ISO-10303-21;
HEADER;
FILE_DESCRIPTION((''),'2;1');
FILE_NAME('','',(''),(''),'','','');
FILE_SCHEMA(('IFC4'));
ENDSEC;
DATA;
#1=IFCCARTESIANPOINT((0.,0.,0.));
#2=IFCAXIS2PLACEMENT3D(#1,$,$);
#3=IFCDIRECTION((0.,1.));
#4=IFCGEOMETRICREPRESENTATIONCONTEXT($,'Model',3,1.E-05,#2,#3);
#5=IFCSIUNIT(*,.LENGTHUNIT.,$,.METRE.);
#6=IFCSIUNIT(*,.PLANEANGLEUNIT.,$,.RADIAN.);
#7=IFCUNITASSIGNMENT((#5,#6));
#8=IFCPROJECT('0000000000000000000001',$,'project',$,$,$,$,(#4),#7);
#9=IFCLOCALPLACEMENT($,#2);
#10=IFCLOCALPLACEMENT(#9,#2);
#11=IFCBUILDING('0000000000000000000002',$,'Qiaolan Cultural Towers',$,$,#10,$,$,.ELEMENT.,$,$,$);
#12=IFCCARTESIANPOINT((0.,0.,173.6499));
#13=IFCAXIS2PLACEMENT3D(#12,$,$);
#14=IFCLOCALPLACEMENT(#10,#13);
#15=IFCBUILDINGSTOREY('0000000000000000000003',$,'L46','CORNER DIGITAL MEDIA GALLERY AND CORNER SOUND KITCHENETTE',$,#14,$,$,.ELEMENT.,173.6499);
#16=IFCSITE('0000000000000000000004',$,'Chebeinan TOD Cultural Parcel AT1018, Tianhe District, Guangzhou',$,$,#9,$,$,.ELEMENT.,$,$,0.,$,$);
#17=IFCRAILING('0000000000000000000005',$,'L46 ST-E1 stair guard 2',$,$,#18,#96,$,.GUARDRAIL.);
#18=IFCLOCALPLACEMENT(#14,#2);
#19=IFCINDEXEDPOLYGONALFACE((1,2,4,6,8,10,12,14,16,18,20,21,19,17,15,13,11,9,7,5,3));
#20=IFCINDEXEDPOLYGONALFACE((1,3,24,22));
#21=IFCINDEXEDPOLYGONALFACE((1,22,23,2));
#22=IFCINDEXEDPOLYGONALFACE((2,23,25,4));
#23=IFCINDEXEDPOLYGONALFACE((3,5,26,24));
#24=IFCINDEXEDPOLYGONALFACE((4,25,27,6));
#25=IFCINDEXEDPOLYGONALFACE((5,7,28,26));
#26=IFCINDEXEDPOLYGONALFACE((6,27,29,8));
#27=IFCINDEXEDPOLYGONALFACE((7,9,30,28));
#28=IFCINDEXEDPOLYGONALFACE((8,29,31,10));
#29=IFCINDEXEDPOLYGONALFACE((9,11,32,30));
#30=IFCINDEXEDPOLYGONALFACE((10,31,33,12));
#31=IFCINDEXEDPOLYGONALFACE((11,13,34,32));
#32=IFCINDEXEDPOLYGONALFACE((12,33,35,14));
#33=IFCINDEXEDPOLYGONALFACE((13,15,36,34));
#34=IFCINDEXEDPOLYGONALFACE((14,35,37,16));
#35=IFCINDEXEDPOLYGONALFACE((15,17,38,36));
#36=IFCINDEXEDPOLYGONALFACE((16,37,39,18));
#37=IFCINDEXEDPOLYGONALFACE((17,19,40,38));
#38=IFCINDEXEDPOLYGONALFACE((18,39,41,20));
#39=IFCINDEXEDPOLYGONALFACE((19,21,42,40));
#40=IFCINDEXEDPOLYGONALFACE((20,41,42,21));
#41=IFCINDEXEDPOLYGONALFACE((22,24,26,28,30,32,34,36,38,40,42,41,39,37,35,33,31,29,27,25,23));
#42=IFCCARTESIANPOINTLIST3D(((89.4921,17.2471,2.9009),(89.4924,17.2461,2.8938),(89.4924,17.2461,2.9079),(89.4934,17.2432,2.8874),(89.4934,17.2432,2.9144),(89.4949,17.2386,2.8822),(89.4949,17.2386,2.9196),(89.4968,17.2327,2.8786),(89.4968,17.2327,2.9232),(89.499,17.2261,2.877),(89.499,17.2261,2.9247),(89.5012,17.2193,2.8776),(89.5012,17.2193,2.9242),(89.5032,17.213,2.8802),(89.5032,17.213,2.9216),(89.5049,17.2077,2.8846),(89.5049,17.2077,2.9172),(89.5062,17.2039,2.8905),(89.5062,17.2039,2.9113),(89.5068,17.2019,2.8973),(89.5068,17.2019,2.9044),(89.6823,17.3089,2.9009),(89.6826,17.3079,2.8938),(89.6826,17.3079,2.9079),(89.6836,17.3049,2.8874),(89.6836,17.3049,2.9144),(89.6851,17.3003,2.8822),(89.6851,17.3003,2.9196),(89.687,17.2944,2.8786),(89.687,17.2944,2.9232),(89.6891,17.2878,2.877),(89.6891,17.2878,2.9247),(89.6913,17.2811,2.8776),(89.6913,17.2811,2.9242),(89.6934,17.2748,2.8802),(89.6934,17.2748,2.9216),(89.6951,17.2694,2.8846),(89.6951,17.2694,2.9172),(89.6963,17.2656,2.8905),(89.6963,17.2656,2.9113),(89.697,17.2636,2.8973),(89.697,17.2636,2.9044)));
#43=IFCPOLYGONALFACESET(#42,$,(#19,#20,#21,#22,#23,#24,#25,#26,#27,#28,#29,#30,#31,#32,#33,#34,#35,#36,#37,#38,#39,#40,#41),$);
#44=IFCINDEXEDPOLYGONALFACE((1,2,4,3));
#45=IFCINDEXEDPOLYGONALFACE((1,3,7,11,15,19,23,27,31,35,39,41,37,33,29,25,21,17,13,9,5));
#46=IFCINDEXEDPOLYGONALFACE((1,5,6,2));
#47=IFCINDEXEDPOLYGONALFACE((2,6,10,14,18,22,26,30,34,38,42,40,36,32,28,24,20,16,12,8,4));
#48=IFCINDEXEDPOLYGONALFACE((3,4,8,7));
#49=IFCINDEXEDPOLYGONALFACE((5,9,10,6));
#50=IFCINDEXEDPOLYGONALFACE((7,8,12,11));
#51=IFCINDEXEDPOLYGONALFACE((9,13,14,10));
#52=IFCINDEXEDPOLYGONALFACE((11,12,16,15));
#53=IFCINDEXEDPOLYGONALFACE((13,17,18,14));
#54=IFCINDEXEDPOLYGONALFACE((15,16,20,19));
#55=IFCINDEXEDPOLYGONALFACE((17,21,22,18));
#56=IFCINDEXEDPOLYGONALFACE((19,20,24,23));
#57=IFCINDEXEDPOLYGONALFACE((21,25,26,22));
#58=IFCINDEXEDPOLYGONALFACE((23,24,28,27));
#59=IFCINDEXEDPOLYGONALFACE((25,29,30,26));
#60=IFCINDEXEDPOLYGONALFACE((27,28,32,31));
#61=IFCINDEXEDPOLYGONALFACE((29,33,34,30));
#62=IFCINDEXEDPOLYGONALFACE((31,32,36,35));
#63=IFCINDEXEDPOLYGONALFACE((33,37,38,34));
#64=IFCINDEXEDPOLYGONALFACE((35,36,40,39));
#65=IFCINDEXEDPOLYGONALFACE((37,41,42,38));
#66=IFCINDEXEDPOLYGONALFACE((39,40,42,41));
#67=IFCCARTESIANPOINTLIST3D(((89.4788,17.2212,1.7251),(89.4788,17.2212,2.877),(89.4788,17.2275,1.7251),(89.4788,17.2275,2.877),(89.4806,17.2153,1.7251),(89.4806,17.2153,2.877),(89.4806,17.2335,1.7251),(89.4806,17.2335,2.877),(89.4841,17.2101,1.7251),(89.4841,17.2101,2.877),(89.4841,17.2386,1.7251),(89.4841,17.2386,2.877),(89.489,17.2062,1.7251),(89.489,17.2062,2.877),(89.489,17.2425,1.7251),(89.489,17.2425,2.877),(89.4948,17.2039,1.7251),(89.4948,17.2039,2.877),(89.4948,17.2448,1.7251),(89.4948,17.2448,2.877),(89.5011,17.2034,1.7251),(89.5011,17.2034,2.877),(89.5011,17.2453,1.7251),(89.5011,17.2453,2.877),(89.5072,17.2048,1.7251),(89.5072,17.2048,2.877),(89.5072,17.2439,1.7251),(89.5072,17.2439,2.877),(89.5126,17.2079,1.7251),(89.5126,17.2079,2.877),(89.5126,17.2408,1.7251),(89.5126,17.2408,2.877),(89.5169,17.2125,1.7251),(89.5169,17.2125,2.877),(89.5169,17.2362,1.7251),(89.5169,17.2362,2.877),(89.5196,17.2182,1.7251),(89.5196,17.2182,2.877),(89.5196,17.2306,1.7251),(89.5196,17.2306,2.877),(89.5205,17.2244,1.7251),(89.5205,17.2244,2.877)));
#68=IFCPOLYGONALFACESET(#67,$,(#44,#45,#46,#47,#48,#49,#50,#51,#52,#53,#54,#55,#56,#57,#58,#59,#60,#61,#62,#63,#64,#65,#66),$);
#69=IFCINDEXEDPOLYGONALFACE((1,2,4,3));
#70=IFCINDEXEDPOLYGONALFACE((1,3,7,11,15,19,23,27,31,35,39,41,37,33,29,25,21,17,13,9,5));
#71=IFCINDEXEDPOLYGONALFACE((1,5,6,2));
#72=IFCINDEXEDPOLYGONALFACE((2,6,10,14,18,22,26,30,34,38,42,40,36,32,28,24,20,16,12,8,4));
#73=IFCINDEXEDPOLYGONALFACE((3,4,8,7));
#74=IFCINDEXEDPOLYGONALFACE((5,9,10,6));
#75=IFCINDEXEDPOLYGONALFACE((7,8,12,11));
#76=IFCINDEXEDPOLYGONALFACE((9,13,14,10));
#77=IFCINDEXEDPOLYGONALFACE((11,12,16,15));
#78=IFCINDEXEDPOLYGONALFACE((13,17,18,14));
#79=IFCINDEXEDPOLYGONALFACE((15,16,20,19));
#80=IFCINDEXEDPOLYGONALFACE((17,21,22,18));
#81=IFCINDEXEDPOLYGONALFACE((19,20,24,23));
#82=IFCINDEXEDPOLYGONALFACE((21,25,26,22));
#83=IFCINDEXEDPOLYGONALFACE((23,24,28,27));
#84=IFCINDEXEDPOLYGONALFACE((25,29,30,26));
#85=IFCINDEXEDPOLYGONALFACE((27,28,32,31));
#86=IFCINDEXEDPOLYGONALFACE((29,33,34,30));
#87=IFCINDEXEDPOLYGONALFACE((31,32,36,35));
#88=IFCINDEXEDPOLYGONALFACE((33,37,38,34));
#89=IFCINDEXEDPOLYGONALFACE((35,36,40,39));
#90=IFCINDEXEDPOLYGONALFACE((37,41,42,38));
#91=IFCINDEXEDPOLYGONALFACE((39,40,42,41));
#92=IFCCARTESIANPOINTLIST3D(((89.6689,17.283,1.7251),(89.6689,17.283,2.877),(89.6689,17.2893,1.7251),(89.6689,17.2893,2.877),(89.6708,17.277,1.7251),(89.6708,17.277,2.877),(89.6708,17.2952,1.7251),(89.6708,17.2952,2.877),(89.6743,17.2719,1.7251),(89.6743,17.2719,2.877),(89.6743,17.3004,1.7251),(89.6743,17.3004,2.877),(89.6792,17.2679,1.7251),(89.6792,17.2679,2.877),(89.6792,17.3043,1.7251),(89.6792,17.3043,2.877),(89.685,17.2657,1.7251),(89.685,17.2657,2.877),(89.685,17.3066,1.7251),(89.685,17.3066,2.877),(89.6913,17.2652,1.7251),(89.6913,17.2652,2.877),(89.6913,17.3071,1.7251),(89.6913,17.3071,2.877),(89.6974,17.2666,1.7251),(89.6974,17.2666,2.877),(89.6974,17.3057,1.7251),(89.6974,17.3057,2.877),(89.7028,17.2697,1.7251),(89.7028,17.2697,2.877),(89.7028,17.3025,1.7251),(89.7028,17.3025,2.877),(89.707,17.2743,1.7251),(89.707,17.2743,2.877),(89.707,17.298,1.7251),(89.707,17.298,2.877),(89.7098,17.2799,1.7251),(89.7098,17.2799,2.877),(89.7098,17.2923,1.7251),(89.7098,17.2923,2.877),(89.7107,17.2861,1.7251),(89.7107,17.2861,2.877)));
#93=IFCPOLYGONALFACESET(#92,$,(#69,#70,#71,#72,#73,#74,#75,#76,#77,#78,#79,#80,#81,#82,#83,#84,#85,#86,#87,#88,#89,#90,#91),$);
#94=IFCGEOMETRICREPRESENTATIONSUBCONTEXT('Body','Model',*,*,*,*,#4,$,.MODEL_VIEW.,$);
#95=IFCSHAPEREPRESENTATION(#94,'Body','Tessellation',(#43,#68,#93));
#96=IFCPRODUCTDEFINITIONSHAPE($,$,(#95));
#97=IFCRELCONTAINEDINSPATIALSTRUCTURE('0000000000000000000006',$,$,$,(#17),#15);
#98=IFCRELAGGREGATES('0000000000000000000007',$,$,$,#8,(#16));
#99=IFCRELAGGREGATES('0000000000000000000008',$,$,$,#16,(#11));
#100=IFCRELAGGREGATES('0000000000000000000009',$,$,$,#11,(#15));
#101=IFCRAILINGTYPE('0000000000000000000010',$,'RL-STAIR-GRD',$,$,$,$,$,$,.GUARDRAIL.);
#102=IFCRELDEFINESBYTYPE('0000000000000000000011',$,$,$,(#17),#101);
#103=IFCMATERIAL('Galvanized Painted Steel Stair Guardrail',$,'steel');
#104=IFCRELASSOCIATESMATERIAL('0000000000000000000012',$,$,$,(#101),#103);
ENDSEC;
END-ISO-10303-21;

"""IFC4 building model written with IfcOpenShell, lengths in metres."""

from ifc_helpers import new_model, si_unit, direction, frame, origin, origin_2d, place, context, subcontext, project, spatial, circle, extrude, material, type_object, element, save


model = new_model("IFC4")

# Units and contexts
model_context = context("Model", 3, precision=1e-05, world=origin(), true_north=direction((0.0, 1.0)))
body_context = subcontext(model_context, "Body", "Model", "MODEL_VIEW")
ifc_project = project(units=[si_unit("LENGTHUNIT", "METRE"), si_unit("PLANEANGLEUNIT", "RADIAN")], contexts=[model_context])

# Site, building, storey
site_placement = place(None, origin())
site = spatial("IfcSite", under=ifc_project, at=site_placement, Name="Chebeinan TOD Cultural Parcel AT1018, Tianhe District, Guangzhou", CompositionType="ELEMENT", RefElevation=0.0)
building_placement = place(site_placement, origin())
building = spatial("IfcBuilding", under=site, at=building_placement, Name="Qiaolan Cultural Towers", CompositionType="ELEMENT")
storey_placement = place(building_placement, frame((0.0, 0.0, 173.6499)))
storey = spatial("IfcBuildingStorey", under=building, at=storey_placement, Name="L46", Description="CORNER DIGITAL MEDIA GALLERY AND CORNER SOUND KITCHENETTE", CompositionType="ELEMENT", Elevation=173.6499)

# Railing
ifc_material_1 = material(Name="Galvanized Painted Steel Stair Guardrail", Category="steel")
railing_type_1 = type_object("IfcRailingType", Name="RL-STAIR-GRD", PredefinedType="GUARDRAIL", material=ifc_material_1)
railing_1_placement = place(storey_placement, frame((89.4995, 17.2244, 1.7251)))
element("IfcRailing", 1, at=railing_1_placement, inside=storey, type_object=railing_type_1, Name="L46 ST-E1 stair guard 2", PredefinedType="GUARDRAIL", context=body_context, shape_type="SweptSolid", body=[
    extrude(circle(Radius=0.0239, at=origin_2d()), frame((0.0, 0.0, 1.1758), z_axis=(0.951097, 0.308893, 0.0), x_axis=(-0.308893, 0.951097, 0.0)), (0.0, 0.0, 1.0), 0.2),
    extrude(circle(Radius=0.021, at=origin_2d()), origin(), (0.0, 0.0, 1.0), 1.1519),
    extrude(circle(Radius=0.021, at=origin_2d()), frame((0.1902, 0.0618, 0.0)), (0.0, 0.0, 1.0), 1.1519),
])

save(model, "model.ifc")
